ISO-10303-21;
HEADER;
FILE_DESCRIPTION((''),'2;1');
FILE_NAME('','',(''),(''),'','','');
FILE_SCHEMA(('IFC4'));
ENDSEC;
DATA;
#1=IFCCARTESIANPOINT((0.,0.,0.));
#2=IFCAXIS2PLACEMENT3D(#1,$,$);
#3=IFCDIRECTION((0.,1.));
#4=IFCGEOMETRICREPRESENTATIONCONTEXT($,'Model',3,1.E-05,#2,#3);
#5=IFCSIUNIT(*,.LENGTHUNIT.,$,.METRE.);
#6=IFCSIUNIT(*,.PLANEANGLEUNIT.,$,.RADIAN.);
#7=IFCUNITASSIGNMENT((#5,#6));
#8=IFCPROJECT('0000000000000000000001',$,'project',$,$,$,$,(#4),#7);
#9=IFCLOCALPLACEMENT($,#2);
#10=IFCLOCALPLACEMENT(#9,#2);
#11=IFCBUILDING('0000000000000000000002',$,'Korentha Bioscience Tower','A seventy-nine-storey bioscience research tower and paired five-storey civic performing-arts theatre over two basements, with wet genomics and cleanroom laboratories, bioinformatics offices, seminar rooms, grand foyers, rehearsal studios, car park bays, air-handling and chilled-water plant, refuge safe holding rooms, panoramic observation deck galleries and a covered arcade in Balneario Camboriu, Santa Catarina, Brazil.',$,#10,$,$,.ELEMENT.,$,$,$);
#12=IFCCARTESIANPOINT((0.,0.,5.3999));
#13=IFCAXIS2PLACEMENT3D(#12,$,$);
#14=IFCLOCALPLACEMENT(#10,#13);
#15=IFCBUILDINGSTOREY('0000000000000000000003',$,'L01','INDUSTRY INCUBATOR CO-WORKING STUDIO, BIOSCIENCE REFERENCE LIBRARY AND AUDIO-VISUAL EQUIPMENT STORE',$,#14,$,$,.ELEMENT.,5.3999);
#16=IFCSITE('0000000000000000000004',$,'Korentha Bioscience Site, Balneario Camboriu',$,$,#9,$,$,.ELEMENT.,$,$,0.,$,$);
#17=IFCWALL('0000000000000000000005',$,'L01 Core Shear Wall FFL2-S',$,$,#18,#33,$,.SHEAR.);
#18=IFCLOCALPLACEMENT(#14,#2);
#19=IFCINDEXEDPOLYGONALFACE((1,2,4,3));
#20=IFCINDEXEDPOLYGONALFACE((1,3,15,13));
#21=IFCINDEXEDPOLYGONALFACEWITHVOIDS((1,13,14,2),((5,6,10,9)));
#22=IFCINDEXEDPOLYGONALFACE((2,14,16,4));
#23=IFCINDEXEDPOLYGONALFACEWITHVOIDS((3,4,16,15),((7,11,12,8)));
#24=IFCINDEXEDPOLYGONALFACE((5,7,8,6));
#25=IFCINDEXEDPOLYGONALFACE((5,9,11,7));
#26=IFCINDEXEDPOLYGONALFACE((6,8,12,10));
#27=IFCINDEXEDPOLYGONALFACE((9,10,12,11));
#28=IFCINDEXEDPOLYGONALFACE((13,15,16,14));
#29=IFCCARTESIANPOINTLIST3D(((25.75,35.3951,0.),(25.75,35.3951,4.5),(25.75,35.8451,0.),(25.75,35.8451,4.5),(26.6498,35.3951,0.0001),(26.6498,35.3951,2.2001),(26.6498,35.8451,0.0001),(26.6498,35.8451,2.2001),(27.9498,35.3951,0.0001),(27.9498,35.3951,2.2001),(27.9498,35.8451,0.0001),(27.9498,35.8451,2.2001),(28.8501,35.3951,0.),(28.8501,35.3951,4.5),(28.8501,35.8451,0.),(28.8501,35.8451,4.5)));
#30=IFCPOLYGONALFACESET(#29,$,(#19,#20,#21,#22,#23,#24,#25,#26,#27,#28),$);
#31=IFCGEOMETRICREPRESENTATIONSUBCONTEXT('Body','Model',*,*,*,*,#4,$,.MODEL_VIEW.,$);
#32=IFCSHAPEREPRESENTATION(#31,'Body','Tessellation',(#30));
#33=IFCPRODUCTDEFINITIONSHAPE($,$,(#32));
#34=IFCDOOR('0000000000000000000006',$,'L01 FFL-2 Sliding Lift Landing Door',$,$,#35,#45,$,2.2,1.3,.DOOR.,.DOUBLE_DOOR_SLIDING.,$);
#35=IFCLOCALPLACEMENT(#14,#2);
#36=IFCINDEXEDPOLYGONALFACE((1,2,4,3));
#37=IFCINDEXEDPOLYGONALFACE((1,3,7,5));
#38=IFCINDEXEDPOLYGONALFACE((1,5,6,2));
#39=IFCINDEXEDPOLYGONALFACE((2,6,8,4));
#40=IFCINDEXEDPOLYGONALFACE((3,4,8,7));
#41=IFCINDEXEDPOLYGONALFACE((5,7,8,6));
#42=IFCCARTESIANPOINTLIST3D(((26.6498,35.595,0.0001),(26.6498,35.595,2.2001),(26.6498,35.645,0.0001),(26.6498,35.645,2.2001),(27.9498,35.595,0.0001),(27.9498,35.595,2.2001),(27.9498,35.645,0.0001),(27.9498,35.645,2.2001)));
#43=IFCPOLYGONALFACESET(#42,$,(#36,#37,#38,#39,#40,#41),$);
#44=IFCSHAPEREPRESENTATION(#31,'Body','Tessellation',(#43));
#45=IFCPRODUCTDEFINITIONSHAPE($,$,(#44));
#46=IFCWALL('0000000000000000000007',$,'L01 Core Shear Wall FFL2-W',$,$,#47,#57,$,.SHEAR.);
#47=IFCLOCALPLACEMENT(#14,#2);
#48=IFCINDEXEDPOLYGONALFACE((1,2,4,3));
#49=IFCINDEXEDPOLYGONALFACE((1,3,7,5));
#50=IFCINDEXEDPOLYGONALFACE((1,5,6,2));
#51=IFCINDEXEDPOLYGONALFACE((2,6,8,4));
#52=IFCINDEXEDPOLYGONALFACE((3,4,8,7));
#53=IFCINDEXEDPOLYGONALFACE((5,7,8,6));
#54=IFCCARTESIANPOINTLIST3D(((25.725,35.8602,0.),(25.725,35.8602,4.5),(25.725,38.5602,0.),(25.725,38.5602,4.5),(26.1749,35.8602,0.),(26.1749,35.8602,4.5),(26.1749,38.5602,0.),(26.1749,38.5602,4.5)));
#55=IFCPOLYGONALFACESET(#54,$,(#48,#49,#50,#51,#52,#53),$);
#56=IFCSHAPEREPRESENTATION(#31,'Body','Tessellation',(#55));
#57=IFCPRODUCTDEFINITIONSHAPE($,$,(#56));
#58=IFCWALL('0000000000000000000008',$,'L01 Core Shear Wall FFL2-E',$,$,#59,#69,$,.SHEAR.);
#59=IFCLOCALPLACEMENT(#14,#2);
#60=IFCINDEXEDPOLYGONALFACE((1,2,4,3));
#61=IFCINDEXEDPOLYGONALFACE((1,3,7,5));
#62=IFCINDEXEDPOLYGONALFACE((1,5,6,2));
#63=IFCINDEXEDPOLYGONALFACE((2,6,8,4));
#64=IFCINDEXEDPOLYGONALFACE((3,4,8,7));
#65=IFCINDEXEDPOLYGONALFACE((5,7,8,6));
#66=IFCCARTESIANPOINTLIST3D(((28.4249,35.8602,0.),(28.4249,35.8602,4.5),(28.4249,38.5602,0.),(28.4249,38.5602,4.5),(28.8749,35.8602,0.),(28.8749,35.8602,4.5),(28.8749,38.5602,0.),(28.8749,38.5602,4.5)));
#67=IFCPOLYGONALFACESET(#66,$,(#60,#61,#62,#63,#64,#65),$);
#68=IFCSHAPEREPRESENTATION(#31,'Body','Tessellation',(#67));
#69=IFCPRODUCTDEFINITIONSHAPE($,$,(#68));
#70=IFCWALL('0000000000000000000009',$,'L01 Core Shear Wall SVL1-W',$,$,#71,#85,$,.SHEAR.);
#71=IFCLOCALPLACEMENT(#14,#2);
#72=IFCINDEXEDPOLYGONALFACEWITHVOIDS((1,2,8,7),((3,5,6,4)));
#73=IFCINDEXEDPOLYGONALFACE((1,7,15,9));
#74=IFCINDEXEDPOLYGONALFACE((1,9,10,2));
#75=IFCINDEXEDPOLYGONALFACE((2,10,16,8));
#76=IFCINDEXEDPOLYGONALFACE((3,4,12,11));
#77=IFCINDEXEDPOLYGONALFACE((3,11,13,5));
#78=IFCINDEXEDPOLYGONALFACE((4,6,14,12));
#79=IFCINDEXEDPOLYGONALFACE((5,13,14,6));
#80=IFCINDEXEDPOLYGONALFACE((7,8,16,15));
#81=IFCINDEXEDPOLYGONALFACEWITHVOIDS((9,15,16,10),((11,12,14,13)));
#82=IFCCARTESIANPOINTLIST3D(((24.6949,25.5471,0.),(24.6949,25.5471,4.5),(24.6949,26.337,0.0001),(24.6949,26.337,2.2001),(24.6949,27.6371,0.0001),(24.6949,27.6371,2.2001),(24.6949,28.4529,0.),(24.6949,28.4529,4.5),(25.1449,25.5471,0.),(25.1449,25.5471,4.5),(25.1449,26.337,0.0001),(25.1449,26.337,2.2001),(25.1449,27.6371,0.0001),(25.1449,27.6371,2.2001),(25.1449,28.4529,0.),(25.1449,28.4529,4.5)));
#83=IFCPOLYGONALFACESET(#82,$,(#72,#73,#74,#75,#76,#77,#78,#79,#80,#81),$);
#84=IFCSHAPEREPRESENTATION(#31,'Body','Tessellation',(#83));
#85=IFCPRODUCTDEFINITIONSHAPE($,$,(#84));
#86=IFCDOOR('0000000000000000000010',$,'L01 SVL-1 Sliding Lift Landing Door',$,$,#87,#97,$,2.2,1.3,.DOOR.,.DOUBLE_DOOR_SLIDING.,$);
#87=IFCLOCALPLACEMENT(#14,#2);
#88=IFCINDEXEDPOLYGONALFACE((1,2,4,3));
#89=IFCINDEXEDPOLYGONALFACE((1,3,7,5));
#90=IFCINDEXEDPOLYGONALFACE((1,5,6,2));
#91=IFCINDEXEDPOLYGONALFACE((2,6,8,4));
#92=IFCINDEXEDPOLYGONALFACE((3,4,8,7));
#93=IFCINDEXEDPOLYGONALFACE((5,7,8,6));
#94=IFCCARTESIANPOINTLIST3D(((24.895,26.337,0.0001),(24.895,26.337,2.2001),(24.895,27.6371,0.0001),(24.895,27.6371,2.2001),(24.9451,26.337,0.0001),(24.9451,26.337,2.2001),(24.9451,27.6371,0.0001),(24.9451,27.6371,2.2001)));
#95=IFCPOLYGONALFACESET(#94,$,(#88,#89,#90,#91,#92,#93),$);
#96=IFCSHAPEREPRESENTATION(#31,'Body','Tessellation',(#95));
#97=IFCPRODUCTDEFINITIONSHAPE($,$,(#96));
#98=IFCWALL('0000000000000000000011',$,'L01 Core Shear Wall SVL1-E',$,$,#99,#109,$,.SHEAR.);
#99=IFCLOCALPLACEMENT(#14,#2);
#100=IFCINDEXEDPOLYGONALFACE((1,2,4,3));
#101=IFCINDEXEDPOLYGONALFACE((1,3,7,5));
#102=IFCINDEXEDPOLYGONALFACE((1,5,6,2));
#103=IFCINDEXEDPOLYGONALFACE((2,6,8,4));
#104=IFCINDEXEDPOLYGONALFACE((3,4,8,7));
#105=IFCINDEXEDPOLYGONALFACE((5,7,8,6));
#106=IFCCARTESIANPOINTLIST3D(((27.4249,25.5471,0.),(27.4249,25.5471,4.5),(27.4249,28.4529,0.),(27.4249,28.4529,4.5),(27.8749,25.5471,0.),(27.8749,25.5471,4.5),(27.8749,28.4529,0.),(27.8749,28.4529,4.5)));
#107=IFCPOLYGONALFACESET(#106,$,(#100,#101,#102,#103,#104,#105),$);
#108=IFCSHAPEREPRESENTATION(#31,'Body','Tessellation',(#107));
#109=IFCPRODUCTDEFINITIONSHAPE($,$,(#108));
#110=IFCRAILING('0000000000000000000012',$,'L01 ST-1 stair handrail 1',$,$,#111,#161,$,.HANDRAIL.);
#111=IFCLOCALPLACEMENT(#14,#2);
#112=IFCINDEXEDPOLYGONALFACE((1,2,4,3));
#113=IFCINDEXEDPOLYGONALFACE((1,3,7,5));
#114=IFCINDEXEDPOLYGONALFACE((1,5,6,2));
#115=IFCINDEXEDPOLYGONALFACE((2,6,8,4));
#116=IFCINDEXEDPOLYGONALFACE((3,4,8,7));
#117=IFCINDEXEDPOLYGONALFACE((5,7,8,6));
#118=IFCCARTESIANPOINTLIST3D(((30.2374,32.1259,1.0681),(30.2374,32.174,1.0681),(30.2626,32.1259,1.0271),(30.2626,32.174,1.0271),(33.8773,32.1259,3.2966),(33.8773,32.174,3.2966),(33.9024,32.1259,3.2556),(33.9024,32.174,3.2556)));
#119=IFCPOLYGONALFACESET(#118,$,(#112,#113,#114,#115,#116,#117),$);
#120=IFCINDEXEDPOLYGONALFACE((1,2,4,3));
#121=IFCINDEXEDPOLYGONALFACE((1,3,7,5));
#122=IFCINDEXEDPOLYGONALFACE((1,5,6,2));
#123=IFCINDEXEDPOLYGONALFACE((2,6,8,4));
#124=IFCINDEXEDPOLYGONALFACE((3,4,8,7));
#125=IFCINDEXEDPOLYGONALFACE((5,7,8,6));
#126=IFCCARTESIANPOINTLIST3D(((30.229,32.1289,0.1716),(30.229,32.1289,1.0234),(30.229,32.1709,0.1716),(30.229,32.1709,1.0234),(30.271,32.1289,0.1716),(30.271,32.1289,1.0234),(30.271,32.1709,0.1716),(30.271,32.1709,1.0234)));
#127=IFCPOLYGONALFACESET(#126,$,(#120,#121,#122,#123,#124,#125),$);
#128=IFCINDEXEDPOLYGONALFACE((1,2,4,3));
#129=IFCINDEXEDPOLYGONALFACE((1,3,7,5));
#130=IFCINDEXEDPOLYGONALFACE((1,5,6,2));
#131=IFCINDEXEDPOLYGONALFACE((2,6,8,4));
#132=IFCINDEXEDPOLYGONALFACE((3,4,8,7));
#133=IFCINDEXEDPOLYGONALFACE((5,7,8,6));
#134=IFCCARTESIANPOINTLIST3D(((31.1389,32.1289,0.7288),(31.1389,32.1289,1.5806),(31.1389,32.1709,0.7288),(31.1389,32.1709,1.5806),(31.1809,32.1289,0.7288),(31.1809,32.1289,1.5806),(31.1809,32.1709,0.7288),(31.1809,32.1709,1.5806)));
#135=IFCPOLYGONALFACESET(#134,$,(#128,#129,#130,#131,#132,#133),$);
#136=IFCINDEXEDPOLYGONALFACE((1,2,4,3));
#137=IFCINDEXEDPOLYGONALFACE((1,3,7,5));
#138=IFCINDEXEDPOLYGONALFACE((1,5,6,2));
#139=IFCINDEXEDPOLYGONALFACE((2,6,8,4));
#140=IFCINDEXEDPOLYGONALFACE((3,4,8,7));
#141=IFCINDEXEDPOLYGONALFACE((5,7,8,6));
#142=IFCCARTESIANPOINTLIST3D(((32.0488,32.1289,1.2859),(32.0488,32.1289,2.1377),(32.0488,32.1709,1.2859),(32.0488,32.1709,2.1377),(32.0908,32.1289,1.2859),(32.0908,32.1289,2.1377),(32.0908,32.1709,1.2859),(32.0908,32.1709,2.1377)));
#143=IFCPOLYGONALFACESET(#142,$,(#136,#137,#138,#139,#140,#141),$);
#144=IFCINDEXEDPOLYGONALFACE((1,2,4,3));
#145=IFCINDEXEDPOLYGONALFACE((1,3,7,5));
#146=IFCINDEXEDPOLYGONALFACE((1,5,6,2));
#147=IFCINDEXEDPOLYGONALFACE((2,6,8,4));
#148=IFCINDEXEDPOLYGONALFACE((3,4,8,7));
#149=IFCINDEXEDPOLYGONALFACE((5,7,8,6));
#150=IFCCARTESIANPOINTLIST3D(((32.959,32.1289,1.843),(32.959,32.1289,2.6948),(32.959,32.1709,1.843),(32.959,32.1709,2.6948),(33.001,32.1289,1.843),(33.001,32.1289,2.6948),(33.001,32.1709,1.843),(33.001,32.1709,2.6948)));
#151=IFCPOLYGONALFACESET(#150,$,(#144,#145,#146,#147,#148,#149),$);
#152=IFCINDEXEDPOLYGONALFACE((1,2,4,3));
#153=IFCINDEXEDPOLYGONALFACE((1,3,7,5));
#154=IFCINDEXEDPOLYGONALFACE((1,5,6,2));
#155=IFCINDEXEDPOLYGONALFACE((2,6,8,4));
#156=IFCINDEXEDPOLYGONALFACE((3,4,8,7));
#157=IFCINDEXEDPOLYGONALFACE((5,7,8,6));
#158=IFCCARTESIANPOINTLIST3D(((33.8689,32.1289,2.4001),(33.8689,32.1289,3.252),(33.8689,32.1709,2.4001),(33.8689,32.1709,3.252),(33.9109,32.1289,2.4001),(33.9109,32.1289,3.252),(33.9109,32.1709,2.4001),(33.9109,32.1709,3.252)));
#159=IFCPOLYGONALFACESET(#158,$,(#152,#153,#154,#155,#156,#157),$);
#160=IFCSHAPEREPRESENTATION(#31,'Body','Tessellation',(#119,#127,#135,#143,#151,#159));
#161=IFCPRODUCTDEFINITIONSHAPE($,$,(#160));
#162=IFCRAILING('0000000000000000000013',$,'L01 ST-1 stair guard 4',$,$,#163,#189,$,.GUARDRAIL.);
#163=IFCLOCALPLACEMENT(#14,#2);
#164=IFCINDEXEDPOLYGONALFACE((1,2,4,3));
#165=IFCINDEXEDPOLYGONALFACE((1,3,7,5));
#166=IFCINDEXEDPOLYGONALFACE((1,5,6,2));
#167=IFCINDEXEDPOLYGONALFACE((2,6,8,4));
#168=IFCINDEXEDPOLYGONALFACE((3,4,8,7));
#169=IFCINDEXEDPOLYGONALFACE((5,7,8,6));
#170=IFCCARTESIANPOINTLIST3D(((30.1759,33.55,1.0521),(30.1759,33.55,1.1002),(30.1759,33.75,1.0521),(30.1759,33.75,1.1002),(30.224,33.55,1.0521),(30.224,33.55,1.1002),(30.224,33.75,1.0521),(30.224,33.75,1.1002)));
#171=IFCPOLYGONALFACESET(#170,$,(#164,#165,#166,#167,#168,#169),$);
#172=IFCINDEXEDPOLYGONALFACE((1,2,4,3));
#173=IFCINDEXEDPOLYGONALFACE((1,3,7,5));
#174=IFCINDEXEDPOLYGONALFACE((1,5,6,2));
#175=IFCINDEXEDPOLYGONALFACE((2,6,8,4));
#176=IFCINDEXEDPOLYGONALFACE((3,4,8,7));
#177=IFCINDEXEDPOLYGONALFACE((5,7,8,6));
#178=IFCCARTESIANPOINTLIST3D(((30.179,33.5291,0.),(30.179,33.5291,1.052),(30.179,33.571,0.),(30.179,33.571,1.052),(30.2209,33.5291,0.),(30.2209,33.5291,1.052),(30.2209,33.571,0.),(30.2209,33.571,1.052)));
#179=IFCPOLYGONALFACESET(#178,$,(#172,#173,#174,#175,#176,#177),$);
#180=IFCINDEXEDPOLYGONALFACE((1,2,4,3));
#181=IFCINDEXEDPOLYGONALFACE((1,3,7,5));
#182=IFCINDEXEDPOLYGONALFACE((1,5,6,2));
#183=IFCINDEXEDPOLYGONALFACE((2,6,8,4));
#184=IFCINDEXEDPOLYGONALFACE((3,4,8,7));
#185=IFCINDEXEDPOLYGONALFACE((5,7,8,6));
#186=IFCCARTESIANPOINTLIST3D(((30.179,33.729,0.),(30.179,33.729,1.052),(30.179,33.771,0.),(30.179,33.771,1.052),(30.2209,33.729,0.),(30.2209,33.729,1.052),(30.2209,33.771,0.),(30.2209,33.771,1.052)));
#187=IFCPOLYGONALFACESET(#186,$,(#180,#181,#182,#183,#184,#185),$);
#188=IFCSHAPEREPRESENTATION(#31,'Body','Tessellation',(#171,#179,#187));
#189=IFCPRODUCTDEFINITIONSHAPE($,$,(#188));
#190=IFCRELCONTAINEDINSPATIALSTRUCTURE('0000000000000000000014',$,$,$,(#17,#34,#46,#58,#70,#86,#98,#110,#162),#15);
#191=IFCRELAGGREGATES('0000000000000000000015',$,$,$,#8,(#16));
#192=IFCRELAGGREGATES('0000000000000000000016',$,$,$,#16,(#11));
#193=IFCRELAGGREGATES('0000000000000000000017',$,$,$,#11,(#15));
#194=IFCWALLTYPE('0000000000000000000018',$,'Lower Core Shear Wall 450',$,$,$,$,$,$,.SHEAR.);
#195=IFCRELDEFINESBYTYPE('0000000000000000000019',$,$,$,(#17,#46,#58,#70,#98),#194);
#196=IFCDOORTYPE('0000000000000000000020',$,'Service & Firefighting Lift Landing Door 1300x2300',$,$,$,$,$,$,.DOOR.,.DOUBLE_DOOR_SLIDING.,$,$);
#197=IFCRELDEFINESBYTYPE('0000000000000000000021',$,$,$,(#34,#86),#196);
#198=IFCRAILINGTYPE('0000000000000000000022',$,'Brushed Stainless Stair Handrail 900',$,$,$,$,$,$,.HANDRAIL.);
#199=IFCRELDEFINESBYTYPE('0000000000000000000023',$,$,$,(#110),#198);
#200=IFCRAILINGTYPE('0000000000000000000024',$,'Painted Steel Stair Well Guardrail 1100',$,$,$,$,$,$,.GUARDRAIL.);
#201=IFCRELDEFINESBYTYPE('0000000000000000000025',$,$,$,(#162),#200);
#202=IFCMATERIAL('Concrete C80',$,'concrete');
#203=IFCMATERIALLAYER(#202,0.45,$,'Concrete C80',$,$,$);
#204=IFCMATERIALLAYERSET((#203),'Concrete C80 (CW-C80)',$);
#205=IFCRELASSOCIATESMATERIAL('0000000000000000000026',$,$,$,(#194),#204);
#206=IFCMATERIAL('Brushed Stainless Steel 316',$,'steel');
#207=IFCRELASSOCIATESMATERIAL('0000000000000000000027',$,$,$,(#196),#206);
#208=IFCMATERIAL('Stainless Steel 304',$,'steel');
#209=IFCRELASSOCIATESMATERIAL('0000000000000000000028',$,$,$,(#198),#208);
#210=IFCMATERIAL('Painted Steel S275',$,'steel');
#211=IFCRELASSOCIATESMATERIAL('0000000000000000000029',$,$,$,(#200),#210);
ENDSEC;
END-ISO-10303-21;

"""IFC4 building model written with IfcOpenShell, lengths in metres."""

from ifc_helpers import new_model, si_unit, direction, frame, frame_2d, origin, origin_2d, place, context, subcontext, project, spatial, rectangle, extrude, material, layer, layer_set, type_object, element, fill, save


model = new_model("IFC4")

# Units and contexts
model_context = context("Model", 3, precision=1e-05, world=origin(), true_north=direction((0.0, 1.0)))
body_context = subcontext(model_context, "Body", "Model", "MODEL_VIEW")
ifc_project = project(units=[si_unit("LENGTHUNIT", "METRE"), si_unit("PLANEANGLEUNIT", "RADIAN")], contexts=[model_context])

# Site, building, storey
site_placement = place(None, origin())
site = spatial("IfcSite", under=ifc_project, at=site_placement, Name="Korentha Bioscience Site, Balneario Camboriu", CompositionType="ELEMENT", RefElevation=0.0)
building_placement = place(site_placement, origin())
building = spatial("IfcBuilding", under=site, at=building_placement, Name="Korentha Bioscience Tower", Description="A seventy-nine-storey bioscience research tower and paired five-storey civic performing-arts theatre over two basements, with wet genomics and cleanroom laboratories, bioinformatics offices, seminar rooms, grand foyers, rehearsal studios, car park bays, air-handling and chilled-water plant, refuge safe holding rooms, panoramic observation deck galleries and a covered arcade in Balneario Camboriu, Santa Catarina, Brazil.", CompositionType="ELEMENT")
storey_placement = place(building_placement, frame((0.0, 0.0, 5.3999)))
storey = spatial("IfcBuildingStorey", under=building, at=storey_placement, Name="L01", Description="INDUSTRY INCUBATOR CO-WORKING STUDIO, BIOSCIENCE REFERENCE LIBRARY AND AUDIO-VISUAL EQUIPMENT STORE", CompositionType="ELEMENT", Elevation=5.3999)

# Shared definitions
ifc_material_1 = material(Name="Concrete C80", Category="concrete")
ifc_layer_1 = layer(ifc_material_1, 0.45, Name="Concrete C80")
ifc_layer_set_1 = layer_set([ifc_layer_1], Name="Concrete C80 (CW-C80)")
wall_type_1 = type_object("IfcWallType", Name="Lower Core Shear Wall 450", PredefinedType="SHEAR", material=ifc_layer_set_1)

# Wall, opening, door
wall_1_placement = place(storey_placement, frame((25.75, 35.6201, 0.0), z_axis=(0.0, 0.0, 1.0), x_axis=(1.0, 0.0, 0.0)))
wall_1 = element("IfcWall", 1, at=wall_1_placement, inside=storey, type_object=wall_type_1, Name="L01 Core Shear Wall FFL2-S", PredefinedType="SHEAR", context=body_context, shape_type="SweptSolid", body=[
    extrude(rectangle(XDim=3.1001, YDim=0.45, at=frame_2d((1.55, 0.0))), origin(), (0.0, 0.0, 1.0), 4.5),
])
opening_1_placement = place(wall_1_placement, frame((0.8999, 0.0, 0.0)))
opening_1 = element("IfcOpeningElement", 2, at=opening_1_placement, cuts=wall_1, PredefinedType="OPENING", context=body_context, shape_type="SweptSolid", body=[
    extrude(rectangle(XDim=1.3, YDim=2.2, at=frame_2d((0.6499, 1.1001))), frame((0.0, 0.2397, 0.0), z_axis=(0.0, -1.0, 0.0), x_axis=(1.0, 0.0, 0.0)), (0.0, 0.0, 1.0), 0.4797),
])
ifc_material_2 = material(Name="Brushed Stainless Steel 316", Category="steel")
door_type_1 = type_object("IfcDoorType", Name="Service & Firefighting Lift Landing Door 1300x2300", OperationType="DOUBLE_DOOR_SLIDING", PredefinedType="DOOR", material=ifc_material_2)
door_1_placement = place(opening_1_placement, origin())
door_1 = element("IfcDoor", 3, at=door_1_placement, inside=storey, type_object=door_type_1, Name="L01 FFL-2 Sliding Lift Landing Door", OperationType="DOUBLE_DOOR_SLIDING", OverallHeight=2.2, OverallWidth=1.3, PredefinedType="DOOR", context=body_context, shape_type="SweptSolid", body=[
    extrude(rectangle(XDim=1.3, YDim=2.2, at=frame_2d((0.6499, 1.1001))), frame((0.0, 0.0249, 0.0), z_axis=(0.0, -1.0, 0.0), x_axis=(1.0, 0.0, 0.0)), (0.0, 0.0, 1.0), 0.05),
])
fill(opening_1, door_1)

# Walls
for number, where, z_axis, x_axis, name in (
    (4, (25.95, 35.8601, 0.0), (0.0, 0.0, 1.0), (0.0, 1.0, 0.0), "L01 Core Shear Wall FFL2-W"),
    (5, (28.6499, 35.8601, 0.0), (0.0, 0.0, 1.0), (0.0, 1.0, 0.0), "L01 Core Shear Wall FFL2-E"),
):
    element("IfcWall", number, at=place(storey_placement, frame(where, z_axis=z_axis, x_axis=x_axis)), inside=storey, type_object=wall_type_1, Name=name, PredefinedType="SHEAR", context=body_context, shape_type="SweptSolid", body=[
        extrude(rectangle(XDim=2.7, YDim=0.45, at=frame_2d((1.3501, 0.0))), origin(), (0.0, 0.0, 1.0), 4.5),
    ])

# Wall, opening, door
wall_2_placement = place(storey_placement, frame((24.9199, 25.5471, 0.0), z_axis=(0.0, 0.0, 1.0), x_axis=(0.0, 1.0, 0.0)))
wall_2 = element("IfcWall", 6, at=wall_2_placement, inside=storey, type_object=wall_type_1, Name="L01 Core Shear Wall SVL1-W", PredefinedType="SHEAR", context=body_context, shape_type="SweptSolid", body=[
    extrude(rectangle(XDim=2.9058, YDim=0.45, at=frame_2d((1.4529, 0.0))), origin(), (0.0, 0.0, 1.0), 4.5),
])
opening_2_placement = place(wall_2_placement, frame((0.79, 0.0, 0.0)))
opening_2 = element("IfcOpeningElement", 7, at=opening_2_placement, cuts=wall_2, PredefinedType="OPENING", context=body_context, shape_type="SweptSolid", body=[
    extrude(rectangle(XDim=1.3, YDim=2.2, at=frame_2d((0.6499, 1.1001))), frame((0.0, 0.2397, 0.0), z_axis=(0.0, -1.0, 0.0), x_axis=(1.0, 0.0, 0.0)), (0.0, 0.0, 1.0), 0.4797),
])
door_2_placement = place(opening_2_placement, origin())
door_2 = element("IfcDoor", 8, at=door_2_placement, inside=storey, type_object=door_type_1, Name="L01 SVL-1 Sliding Lift Landing Door", OperationType="DOUBLE_DOOR_SLIDING", OverallHeight=2.2, OverallWidth=1.3, PredefinedType="DOOR", context=body_context, shape_type="SweptSolid", body=[
    extrude(rectangle(XDim=1.3, YDim=2.2, at=frame_2d((0.6499, 1.1001))), frame((0.0, 0.0249, 0.0), z_axis=(0.0, -1.0, 0.0), x_axis=(1.0, 0.0, 0.0)), (0.0, 0.0, 1.0), 0.05),
])
fill(opening_2, door_2)

# Wall
wall_3_placement = place(storey_placement, frame((27.6499, 25.5471, 0.0), z_axis=(0.0, 0.0, 1.0), x_axis=(0.0, 1.0, 0.0)))
element("IfcWall", 9, at=wall_3_placement, inside=storey, type_object=wall_type_1, Name="L01 Core Shear Wall SVL1-E", PredefinedType="SHEAR", context=body_context, shape_type="SweptSolid", body=[
    extrude(rectangle(XDim=2.9058, YDim=0.45, at=frame_2d((1.4529, 0.0))), origin(), (0.0, 0.0, 1.0), 4.5),
])

# Railings
ifc_material_3 = material(Name="Stainless Steel 304", Category="steel")
railing_type_1 = type_object("IfcRailingType", Name="Brushed Stainless Stair Handrail 900", PredefinedType="HANDRAIL", material=ifc_material_3)
railing_1_placement = place(storey_placement, frame((30.25, 32.1499, 0.1716)))
element("IfcRailing", 10, at=railing_1_placement, inside=storey, type_object=railing_type_1, Name="L01 ST-1 stair handrail 1", PredefinedType="HANDRAIL", context=body_context, shape_type="SweptSolid", body=[
    extrude(rectangle(XDim=0.0481, YDim=0.0481, at=origin_2d()), frame((0.0, 0.0, 0.876), z_axis=(0.85285, 0.0, 0.522156), x_axis=(0.0, 1.0, 0.0)), (0.0, 0.0, 1.0), 4.2678),
    extrude(rectangle(XDim=0.042, YDim=0.042, at=origin_2d()), origin(), (0.0, 0.0, 1.0), 0.8518),
    extrude(rectangle(XDim=0.042, YDim=0.042, at=origin_2d()), frame((0.9099, 0.0, 0.5571)), (0.0, 0.0, 1.0), 0.8518),
    extrude(rectangle(XDim=0.042, YDim=0.042, at=origin_2d()), frame((1.8198, 0.0, 1.1143)), (0.0, 0.0, 1.0), 0.8518),
    extrude(rectangle(XDim=0.042, YDim=0.042, at=origin_2d()), frame((2.73, 0.0, 1.6714)), (0.0, 0.0, 1.0), 0.8518),
    extrude(rectangle(XDim=0.042, YDim=0.042, at=origin_2d()), frame((3.6399, 0.0, 2.2285)), (0.0, 0.0, 1.0), 0.8518),
])
ifc_material_4 = material(Name="Painted Steel S275", Category="steel")
railing_type_2 = type_object("IfcRailingType", Name="Painted Steel Stair Well Guardrail 1100", PredefinedType="GUARDRAIL", material=ifc_material_4)
railing_2_placement = place(storey_placement, frame((30.2, 33.55, 0.0)))
element("IfcRailing", 11, at=railing_2_placement, inside=storey, type_object=railing_type_2, Name="L01 ST-1 stair guard 4", PredefinedType="GUARDRAIL", context=body_context, shape_type="SweptSolid", body=[
    extrude(rectangle(XDim=0.0481, YDim=0.0481, at=origin_2d()), frame((0.0, 0.0, 1.0762), z_axis=(0.0, 1.0, 0.0), x_axis=(-1.0, 0.0, 0.0)), (0.0, 0.0, 1.0), 0.2),
    extrude(rectangle(XDim=0.042, YDim=0.042, at=origin_2d()), origin(), (0.0, 0.0, 1.0), 1.052),
    extrude(rectangle(XDim=0.042, YDim=0.042, at=origin_2d()), frame((0.0, 0.2, 0.0)), (0.0, 0.0, 1.0), 1.052),
])

save(model, "model.ifc")
